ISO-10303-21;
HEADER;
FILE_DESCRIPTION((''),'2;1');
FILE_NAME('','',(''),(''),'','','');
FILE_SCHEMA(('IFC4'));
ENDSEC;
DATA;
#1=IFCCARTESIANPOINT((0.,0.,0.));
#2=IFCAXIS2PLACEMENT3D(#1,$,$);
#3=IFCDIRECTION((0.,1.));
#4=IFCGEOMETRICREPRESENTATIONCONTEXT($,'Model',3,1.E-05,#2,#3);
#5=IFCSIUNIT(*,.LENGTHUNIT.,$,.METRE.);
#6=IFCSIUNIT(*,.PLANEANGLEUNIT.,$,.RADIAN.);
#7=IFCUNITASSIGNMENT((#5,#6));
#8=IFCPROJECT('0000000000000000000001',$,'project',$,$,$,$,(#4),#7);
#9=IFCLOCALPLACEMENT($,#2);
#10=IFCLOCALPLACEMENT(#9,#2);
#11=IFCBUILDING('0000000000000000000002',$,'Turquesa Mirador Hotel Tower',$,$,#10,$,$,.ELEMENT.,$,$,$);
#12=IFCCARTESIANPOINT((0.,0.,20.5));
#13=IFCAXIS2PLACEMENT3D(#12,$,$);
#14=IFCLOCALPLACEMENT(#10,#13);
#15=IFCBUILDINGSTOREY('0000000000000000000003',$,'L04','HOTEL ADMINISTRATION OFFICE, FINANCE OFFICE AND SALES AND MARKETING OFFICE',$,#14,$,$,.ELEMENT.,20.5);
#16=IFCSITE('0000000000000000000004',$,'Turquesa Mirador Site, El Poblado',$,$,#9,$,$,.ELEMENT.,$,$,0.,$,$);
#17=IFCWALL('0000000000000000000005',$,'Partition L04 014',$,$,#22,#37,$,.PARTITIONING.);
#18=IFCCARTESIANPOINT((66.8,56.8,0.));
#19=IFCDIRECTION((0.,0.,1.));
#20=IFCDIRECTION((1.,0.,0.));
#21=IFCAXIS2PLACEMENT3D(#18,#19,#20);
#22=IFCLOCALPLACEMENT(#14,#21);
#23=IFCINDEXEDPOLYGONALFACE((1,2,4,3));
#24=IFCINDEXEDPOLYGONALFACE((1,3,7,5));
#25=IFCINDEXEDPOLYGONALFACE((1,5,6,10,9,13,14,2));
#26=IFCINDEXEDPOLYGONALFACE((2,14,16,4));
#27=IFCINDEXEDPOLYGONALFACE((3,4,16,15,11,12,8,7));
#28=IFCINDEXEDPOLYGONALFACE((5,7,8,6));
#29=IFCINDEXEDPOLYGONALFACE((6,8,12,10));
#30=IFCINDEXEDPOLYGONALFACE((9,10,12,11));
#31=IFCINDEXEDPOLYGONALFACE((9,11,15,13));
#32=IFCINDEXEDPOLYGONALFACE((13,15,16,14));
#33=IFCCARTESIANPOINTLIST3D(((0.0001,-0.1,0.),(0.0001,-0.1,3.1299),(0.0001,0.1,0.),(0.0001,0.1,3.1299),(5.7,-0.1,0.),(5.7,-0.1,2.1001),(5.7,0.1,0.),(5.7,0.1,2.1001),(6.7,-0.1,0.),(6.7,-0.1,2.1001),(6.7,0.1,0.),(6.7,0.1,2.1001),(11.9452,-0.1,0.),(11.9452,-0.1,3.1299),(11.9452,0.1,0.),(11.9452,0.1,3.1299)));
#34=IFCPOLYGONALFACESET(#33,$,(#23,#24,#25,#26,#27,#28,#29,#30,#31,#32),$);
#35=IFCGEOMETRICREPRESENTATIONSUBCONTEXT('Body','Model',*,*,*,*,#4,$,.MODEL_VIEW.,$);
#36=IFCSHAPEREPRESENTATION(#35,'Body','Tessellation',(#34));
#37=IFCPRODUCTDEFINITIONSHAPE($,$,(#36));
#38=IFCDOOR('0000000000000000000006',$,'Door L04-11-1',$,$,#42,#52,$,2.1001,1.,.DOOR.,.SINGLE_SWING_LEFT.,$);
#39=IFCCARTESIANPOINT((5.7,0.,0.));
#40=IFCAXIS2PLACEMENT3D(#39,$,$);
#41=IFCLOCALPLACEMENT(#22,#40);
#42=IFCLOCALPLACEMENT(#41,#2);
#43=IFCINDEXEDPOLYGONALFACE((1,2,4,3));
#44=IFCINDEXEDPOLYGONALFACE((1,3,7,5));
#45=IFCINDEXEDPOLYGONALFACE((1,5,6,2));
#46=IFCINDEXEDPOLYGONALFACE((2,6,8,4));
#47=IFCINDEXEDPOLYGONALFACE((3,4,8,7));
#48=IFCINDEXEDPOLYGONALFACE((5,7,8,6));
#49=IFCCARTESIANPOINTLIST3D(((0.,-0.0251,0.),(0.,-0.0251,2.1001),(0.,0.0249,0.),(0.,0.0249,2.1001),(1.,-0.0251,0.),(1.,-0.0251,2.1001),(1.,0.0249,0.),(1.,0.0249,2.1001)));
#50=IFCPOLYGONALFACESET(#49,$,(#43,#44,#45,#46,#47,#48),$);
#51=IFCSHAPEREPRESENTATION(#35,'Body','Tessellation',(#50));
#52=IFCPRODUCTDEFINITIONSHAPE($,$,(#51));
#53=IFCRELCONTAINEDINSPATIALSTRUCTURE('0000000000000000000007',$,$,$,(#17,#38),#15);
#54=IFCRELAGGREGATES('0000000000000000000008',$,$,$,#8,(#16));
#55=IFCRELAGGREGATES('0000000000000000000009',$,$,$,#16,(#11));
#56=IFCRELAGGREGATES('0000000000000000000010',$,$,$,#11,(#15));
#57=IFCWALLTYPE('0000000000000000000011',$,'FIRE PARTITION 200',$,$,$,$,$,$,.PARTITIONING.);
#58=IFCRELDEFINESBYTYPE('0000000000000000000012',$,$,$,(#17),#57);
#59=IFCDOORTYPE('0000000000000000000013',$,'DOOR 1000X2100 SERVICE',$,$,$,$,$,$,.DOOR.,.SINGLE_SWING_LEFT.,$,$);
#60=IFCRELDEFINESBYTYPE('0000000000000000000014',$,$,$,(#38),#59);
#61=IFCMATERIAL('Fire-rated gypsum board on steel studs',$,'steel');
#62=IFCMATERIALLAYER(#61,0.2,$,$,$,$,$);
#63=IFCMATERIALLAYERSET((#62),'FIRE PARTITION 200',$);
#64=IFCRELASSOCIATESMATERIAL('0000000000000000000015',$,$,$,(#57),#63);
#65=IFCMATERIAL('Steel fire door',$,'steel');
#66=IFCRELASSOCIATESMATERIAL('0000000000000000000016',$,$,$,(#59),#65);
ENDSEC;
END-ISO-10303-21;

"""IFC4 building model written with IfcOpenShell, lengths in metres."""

from ifc_helpers import new_model, si_unit, direction, frame, frame_2d, origin, place, context, subcontext, project, spatial, rectangle, extrude, material, layer, layer_set, type_object, element, fill, save


model = new_model("IFC4")

# Units and contexts
model_context = context("Model", 3, precision=1e-05, world=origin(), true_north=direction((0.0, 1.0)))
body_context = subcontext(model_context, "Body", "Model", "MODEL_VIEW")
ifc_project = project(units=[si_unit("LENGTHUNIT", "METRE"), si_unit("PLANEANGLEUNIT", "RADIAN")], contexts=[model_context])

# Site, building, storey
site_placement = place(None, origin())
site = spatial("IfcSite", under=ifc_project, at=site_placement, Name="Turquesa Mirador Site, El Poblado", CompositionType="ELEMENT", RefElevation=0.0)
building_placement = place(site_placement, origin())
building = spatial("IfcBuilding", under=site, at=building_placement, Name="Turquesa Mirador Hotel Tower", CompositionType="ELEMENT")
storey_placement = place(building_placement, frame((0.0, 0.0, 20.5)))
storey = spatial("IfcBuildingStorey", under=building, at=storey_placement, Name="L04", Description="HOTEL ADMINISTRATION OFFICE, FINANCE OFFICE AND SALES AND MARKETING OFFICE", CompositionType="ELEMENT", Elevation=20.5)

# Wall, opening, door
ifc_material_1 = material(Name="Fire-rated gypsum board on steel studs", Category="steel")
ifc_layer_1 = layer(ifc_material_1, 0.2)
ifc_layer_set_1 = layer_set([ifc_layer_1], Name="FIRE PARTITION 200")
wall_type = type_object("IfcWallType", Name="FIRE PARTITION 200", PredefinedType="PARTITIONING", material=ifc_layer_set_1)
wall_1_placement = place(storey_placement, frame((66.8, 56.8, 0.0), z_axis=(0.0, 0.0, 1.0), x_axis=(1.0, 0.0, 0.0)))
wall_1 = element("IfcWall", 1, at=wall_1_placement, inside=storey, type_object=wall_type, Name="Partition L04 014", PredefinedType="PARTITIONING", context=body_context, shape_type="SweptSolid", body=[
    extrude(rectangle(XDim=11.9451, YDim=0.2, at=frame_2d((5.9727, 0.0))), origin(), (0.0, 0.0, 1.0), 3.1299),
])
opening_1_placement = place(wall_1_placement, frame((5.7, 0.0, 0.0)))
opening_1 = element("IfcOpeningElement", 2, at=opening_1_placement, cuts=wall_1, PredefinedType="OPENING", context=body_context, shape_type="SweptSolid", body=[
    extrude(rectangle(XDim=1.0, YDim=2.1001, at=frame_2d((0.5, 1.05))), frame((0.0, 0.1099, 0.0), z_axis=(0.0, -1.0, 0.0), x_axis=(1.0, 0.0, 0.0)), (0.0, 0.0, 1.0), 0.22),
])
ifc_material_2 = material(Name="Steel fire door", Category="steel")
door_type = type_object("IfcDoorType", Name="DOOR 1000X2100 SERVICE", OperationType="SINGLE_SWING_LEFT", PredefinedType="DOOR", material=ifc_material_2)
door_1_placement = place(opening_1_placement, origin())
door_1 = element("IfcDoor", 3, at=door_1_placement, inside=storey, type_object=door_type, Name="Door L04-11-1", OperationType="SINGLE_SWING_LEFT", OverallHeight=2.1001, OverallWidth=1.0, PredefinedType="DOOR", context=body_context, shape_type="SweptSolid", body=[
    extrude(rectangle(XDim=1.0, YDim=2.1001, at=frame_2d((0.5, 1.05))), frame((0.0, 0.0249, 0.0), z_axis=(0.0, -1.0, 0.0), x_axis=(1.0, 0.0, 0.0)), (0.0, 0.0, 1.0), 0.05),
])
fill(opening_1, door_1)

save(model, "model.ifc")
